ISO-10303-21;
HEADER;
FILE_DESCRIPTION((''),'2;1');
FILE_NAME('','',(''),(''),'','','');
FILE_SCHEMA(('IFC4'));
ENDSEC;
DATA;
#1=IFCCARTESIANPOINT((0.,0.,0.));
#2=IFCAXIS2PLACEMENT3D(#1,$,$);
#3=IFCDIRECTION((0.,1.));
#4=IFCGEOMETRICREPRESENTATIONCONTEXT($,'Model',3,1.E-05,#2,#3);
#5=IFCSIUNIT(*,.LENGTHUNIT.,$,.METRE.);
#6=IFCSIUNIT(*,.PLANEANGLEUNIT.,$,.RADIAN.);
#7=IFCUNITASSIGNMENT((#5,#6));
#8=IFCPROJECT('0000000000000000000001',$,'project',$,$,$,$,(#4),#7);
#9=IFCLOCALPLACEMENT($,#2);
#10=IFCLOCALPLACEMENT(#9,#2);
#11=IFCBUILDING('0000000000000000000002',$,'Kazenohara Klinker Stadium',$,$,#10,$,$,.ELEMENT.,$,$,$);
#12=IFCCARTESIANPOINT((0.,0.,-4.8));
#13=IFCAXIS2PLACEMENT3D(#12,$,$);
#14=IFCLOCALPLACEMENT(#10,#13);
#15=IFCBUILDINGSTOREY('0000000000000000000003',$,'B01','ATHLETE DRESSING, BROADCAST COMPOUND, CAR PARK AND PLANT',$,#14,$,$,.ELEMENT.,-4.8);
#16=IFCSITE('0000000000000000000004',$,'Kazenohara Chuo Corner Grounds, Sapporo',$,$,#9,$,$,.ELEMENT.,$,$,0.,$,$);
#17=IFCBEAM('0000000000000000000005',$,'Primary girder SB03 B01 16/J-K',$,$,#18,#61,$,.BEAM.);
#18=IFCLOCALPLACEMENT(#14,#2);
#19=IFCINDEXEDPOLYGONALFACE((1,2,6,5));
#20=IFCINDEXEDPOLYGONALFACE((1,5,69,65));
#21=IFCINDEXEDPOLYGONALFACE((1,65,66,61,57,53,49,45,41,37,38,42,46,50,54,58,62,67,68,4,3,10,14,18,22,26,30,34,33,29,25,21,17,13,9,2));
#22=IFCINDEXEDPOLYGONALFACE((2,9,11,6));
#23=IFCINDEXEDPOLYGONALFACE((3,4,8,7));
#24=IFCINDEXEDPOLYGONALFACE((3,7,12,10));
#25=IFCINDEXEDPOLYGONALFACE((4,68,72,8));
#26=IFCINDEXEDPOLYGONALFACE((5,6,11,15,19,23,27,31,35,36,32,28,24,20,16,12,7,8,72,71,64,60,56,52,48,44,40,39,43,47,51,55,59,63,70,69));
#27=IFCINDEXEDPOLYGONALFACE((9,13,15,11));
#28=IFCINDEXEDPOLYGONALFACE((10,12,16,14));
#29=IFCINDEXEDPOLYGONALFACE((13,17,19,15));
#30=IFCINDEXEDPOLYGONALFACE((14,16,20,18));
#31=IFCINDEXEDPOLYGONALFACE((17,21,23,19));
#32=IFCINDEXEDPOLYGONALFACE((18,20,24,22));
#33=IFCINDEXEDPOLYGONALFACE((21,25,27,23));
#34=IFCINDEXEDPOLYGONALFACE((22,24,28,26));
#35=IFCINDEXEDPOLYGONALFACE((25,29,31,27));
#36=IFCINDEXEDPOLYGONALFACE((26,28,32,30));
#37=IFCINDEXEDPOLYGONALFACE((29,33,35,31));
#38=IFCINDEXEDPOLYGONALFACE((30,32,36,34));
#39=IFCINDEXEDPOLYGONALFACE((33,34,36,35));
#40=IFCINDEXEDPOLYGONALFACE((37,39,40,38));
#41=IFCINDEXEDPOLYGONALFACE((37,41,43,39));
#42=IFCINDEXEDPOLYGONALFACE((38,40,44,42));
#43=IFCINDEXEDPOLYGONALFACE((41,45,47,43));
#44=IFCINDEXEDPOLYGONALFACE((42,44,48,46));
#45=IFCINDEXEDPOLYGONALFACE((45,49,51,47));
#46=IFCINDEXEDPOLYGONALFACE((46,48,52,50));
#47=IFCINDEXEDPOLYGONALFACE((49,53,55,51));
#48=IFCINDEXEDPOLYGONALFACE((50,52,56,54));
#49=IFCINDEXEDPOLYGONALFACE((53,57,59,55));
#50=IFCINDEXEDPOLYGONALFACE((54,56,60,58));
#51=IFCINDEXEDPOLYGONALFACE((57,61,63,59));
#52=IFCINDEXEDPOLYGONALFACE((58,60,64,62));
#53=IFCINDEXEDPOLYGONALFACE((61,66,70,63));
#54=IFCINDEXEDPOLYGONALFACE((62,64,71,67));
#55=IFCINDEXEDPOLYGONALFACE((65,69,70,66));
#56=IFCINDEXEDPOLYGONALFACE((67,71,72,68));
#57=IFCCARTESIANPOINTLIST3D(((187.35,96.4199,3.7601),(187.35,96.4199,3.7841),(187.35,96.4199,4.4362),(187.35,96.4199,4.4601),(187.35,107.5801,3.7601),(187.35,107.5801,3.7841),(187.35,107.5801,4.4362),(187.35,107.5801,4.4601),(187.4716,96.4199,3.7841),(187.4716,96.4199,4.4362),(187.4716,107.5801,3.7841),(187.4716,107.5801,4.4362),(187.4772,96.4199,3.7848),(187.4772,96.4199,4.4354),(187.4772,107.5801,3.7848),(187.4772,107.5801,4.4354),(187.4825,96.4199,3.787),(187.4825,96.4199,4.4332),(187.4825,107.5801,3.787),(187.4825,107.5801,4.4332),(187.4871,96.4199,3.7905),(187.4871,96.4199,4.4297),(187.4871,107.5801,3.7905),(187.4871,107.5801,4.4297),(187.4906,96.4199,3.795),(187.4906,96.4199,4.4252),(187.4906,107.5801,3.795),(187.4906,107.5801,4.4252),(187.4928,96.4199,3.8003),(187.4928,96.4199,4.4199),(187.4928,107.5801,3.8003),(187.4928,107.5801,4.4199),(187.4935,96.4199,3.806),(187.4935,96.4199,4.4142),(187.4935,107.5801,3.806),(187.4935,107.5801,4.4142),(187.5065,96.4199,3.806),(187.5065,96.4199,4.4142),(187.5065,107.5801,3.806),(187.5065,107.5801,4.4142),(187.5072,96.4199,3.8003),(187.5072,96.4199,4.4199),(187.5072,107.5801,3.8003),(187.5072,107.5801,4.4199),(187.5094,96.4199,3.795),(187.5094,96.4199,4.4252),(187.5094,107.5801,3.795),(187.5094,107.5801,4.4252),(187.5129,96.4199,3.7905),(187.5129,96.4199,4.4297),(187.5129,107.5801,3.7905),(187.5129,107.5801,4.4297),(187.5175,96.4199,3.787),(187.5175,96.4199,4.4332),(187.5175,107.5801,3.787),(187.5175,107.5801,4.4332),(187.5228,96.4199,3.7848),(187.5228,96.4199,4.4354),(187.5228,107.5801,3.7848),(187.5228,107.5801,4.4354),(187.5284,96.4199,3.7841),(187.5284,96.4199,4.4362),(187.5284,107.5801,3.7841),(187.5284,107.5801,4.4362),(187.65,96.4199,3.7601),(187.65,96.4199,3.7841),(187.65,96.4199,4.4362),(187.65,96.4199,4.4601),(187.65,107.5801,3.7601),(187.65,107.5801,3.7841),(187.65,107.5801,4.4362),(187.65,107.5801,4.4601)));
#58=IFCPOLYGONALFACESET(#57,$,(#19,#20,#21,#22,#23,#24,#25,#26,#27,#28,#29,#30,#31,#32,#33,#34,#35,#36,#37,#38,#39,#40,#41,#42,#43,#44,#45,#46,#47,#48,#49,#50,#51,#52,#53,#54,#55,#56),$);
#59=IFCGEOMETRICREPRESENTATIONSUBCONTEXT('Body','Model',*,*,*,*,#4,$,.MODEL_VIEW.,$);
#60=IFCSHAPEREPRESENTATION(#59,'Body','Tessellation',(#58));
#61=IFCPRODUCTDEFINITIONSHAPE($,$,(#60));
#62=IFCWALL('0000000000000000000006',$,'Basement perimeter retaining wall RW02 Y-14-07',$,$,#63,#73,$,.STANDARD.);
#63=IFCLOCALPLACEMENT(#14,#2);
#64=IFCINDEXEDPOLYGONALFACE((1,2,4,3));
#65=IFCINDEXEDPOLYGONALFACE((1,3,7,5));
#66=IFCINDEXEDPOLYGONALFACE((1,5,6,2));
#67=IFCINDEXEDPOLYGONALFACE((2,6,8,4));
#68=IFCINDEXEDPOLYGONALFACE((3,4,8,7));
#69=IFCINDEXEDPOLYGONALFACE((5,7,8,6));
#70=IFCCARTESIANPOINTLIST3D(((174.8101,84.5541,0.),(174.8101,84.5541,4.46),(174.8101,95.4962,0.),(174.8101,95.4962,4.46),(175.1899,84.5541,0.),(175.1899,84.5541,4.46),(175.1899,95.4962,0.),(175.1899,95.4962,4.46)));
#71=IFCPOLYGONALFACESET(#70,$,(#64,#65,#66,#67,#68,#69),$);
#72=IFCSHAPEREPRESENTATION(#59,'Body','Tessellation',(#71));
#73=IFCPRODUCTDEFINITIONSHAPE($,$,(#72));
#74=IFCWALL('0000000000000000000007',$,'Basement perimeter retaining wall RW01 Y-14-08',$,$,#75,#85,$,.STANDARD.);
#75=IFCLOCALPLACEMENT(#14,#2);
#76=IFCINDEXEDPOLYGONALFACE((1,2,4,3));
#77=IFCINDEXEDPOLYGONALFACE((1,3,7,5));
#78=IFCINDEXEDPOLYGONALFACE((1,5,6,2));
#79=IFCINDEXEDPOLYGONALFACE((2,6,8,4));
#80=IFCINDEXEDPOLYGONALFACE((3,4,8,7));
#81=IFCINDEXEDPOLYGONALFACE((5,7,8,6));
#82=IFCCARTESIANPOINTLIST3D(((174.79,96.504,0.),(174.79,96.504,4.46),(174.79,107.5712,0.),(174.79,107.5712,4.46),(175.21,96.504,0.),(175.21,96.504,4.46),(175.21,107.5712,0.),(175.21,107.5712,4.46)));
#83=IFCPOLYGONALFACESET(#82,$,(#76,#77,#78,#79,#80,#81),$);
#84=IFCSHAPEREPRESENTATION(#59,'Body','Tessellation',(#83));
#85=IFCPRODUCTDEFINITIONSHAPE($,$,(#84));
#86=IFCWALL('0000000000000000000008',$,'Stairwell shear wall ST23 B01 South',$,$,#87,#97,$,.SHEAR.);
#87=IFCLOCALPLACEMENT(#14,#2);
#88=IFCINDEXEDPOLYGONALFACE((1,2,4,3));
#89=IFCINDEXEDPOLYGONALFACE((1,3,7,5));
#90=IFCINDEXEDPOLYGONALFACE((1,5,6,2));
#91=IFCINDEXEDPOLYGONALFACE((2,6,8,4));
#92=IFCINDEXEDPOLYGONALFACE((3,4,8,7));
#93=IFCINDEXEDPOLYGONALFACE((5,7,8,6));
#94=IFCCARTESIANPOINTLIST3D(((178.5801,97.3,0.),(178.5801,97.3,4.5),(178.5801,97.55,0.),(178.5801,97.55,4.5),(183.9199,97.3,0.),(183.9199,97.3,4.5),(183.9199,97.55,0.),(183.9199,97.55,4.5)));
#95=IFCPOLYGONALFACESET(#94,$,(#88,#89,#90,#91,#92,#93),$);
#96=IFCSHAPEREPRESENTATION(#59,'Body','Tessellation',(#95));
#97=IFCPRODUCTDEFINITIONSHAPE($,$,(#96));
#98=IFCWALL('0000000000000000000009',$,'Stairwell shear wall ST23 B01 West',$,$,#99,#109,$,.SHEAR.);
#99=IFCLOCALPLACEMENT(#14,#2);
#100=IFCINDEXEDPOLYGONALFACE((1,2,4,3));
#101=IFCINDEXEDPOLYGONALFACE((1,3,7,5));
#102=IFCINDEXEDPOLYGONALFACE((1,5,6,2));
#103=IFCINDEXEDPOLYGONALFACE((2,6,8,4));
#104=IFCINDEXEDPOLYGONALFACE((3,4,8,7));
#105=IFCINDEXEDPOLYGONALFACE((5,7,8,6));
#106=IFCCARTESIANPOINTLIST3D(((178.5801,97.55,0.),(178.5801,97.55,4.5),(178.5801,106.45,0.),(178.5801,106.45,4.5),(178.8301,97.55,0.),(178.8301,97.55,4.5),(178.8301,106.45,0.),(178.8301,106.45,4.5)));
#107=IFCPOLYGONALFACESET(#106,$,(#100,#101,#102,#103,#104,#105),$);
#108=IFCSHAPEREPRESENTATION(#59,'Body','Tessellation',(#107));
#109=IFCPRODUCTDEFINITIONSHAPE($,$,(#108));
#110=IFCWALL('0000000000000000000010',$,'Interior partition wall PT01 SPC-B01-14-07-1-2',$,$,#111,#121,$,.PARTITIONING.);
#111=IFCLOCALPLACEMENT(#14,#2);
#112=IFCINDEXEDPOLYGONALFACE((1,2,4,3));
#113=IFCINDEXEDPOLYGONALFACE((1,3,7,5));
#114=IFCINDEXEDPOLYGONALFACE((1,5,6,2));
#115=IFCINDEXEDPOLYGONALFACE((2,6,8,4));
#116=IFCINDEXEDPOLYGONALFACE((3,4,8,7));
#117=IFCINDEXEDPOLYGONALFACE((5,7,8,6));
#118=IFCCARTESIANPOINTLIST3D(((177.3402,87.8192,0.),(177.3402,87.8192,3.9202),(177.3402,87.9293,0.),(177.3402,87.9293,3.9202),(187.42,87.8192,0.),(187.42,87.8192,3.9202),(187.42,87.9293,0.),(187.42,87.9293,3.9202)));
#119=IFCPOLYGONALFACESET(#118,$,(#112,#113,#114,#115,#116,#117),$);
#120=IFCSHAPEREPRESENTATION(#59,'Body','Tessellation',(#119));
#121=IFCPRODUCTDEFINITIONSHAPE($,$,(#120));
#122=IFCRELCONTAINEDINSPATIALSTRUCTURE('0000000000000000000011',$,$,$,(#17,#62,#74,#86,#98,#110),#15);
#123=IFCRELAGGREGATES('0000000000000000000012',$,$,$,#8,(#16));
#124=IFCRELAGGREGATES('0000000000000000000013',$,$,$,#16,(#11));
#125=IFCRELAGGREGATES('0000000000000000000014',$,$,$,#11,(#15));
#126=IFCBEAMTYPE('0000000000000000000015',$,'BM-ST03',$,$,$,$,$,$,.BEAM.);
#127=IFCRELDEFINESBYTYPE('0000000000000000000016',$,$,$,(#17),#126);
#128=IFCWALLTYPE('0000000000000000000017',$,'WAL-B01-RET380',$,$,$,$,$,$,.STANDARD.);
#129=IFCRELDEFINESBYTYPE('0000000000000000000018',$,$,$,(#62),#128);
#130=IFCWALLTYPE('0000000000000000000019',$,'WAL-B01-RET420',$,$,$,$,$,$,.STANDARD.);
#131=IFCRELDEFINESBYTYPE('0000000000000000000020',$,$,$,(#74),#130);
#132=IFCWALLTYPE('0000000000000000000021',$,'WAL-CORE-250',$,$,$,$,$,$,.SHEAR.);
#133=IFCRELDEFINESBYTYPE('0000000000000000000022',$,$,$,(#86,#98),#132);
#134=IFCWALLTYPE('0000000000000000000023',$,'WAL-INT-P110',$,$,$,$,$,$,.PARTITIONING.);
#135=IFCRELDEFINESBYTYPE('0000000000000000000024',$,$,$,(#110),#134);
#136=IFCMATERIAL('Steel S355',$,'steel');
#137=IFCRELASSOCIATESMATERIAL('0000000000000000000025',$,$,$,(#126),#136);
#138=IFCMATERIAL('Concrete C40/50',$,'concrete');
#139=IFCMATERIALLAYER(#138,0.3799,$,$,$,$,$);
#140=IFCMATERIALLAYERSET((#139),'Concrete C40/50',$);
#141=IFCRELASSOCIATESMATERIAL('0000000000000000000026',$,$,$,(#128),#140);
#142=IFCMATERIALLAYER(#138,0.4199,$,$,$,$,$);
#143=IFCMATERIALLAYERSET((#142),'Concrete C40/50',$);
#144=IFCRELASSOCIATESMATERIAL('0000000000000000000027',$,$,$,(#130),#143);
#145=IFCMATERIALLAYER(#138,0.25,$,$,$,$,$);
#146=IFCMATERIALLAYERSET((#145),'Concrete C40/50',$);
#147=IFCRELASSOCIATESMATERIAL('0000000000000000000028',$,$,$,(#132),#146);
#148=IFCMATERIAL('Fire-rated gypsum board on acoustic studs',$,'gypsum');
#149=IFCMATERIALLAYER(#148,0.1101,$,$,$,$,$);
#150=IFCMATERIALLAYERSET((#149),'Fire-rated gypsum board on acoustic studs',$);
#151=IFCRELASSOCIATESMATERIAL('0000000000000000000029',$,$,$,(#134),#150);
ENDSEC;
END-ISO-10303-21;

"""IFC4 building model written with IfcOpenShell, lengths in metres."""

from ifc_helpers import new_model, si_unit, direction, frame, frame_2d, origin, origin_2d, place, context, subcontext, project, spatial, rectangle, i_section, extrude, material, layer, layer_set, material_profile, profile_set, type_object, element, save


model = new_model("IFC4")

# Units and contexts
model_context = context("Model", 3, precision=1e-05, world=origin(), true_north=direction((0.0, 1.0)))
body_context = subcontext(model_context, "Body", "Model", "MODEL_VIEW")
ifc_project = project(units=[si_unit("LENGTHUNIT", "METRE"), si_unit("PLANEANGLEUNIT", "RADIAN")], contexts=[model_context])

# Site, building, storey
site_placement = place(None, origin())
site = spatial("IfcSite", under=ifc_project, at=site_placement, Name="Kazenohara Chuo Corner Grounds, Sapporo", CompositionType="ELEMENT", RefElevation=0.0)
building_placement = place(site_placement, origin())
building = spatial("IfcBuilding", under=site, at=building_placement, Name="Kazenohara Klinker Stadium", CompositionType="ELEMENT")
storey_placement = place(building_placement, frame((0.0, 0.0, -4.8)))
storey = spatial("IfcBuildingStorey", under=building, at=storey_placement, Name="B01", Description="ATHLETE DRESSING, BROADCAST COMPOUND, CAR PARK AND PLANT", CompositionType="ELEMENT", Elevation=-4.8)

# Shared definitions
ifc_material_1 = material(Name="Concrete C40/50", Category="concrete")

# Beam
ifc_material_2 = material(Name="Steel S355", Category="steel")
ifc_material_profile_1 = material_profile(ifc_material_2, i_section(OverallWidth=0.3, OverallDepth=0.7, WebThickness=0.0129, FlangeThickness=0.0239, FilletRadius=0.022, at=origin_2d()), Name="H-700x300x13x24")
ifc_profile_set_1 = profile_set([ifc_material_profile_1], Name="Steel S355")
beam_type_1 = type_object("IfcBeamType", Name="BM-ST03", PredefinedType="BEAM", material=ifc_profile_set_1)
beam_1_placement = place(storey_placement, frame((187.5, 96.4199, 4.1101), z_axis=(0.0, 1.0, 0.0), x_axis=(-1.0, 0.0, 0.0)))
element("IfcBeam", 1, at=beam_1_placement, inside=storey, type_object=beam_type_1, Name="Primary girder SB03 B01 16/J-K", PredefinedType="BEAM", context=body_context, shape_type="SweptSolid", body=[
    extrude(i_section(OverallWidth=0.3, OverallDepth=0.7, WebThickness=0.0129, FlangeThickness=0.0239, FilletRadius=0.022, at=origin_2d()), origin(), (0.0, 0.0, 1.0), 11.1602),
])

# Walls
ifc_layer_1 = layer(ifc_material_1, 0.3799)
ifc_layer_set_1 = layer_set([ifc_layer_1], Name="Concrete C40/50")
wall_type_1 = type_object("IfcWallType", Name="WAL-B01-RET380", PredefinedType="STANDARD", material=ifc_layer_set_1)
wall_1_placement = place(storey_placement, frame((175.0, 84.554, 0.0), z_axis=(0.0, 0.0, 1.0), x_axis=(0.0, 1.0, 0.0)))
element("IfcWall", 2, at=wall_1_placement, inside=storey, type_object=wall_type_1, Name="Basement perimeter retaining wall RW02 Y-14-07", PredefinedType="STANDARD", context=body_context, shape_type="SweptSolid", body=[
    extrude(rectangle(XDim=10.9421, YDim=0.3799, at=frame_2d((5.4712, 0.0))), origin(), (0.0, 0.0, 1.0), 4.46),
])
ifc_layer_2 = layer(ifc_material_1, 0.4199)
ifc_layer_set_2 = layer_set([ifc_layer_2], Name="Concrete C40/50")
wall_type_2 = type_object("IfcWallType", Name="WAL-B01-RET420", PredefinedType="STANDARD", material=ifc_layer_set_2)
wall_2_placement = place(storey_placement, frame((175.0, 96.5039, 0.0), z_axis=(0.0, 0.0, 1.0), x_axis=(0.0, 1.0, 0.0)))
element("IfcWall", 3, at=wall_2_placement, inside=storey, type_object=wall_type_2, Name="Basement perimeter retaining wall RW01 Y-14-08", PredefinedType="STANDARD", context=body_context, shape_type="SweptSolid", body=[
    extrude(rectangle(XDim=11.0671, YDim=0.4199, at=frame_2d((5.5337, 0.0))), origin(), (0.0, 0.0, 1.0), 4.46),
])
ifc_layer_3 = layer(ifc_material_1, 0.25)
ifc_layer_set_3 = layer_set([ifc_layer_3], Name="Concrete C40/50")
wall_type_3 = type_object("IfcWallType", Name="WAL-CORE-250", PredefinedType="SHEAR", material=ifc_layer_set_3)
wall_3_placement = place(storey_placement, frame((178.5801, 97.425, 0.0), z_axis=(0.0, 0.0, 1.0), x_axis=(1.0, 0.0, 0.0)))
element("IfcWall", 4, at=wall_3_placement, inside=storey, type_object=wall_type_3, Name="Stairwell shear wall ST23 B01 South", PredefinedType="SHEAR", context=body_context, shape_type="SweptSolid", body=[
    extrude(rectangle(XDim=5.3398, YDim=0.25, at=frame_2d((2.6699, 0.0))), origin(), (0.0, 0.0, 1.0), 4.5),
])
wall_4_placement = place(storey_placement, frame((178.7051, 97.55, 0.0), z_axis=(0.0, 0.0, 1.0), x_axis=(0.0, 1.0, 0.0)))
element("IfcWall", 5, at=wall_4_placement, inside=storey, type_object=wall_type_3, Name="Stairwell shear wall ST23 B01 West", PredefinedType="SHEAR", context=body_context, shape_type="SweptSolid", body=[
    extrude(rectangle(XDim=8.8999, YDim=0.25, at=frame_2d((4.45, 0.0))), origin(), (0.0, 0.0, 1.0), 4.5),
])
ifc_material_3 = material(Name="Fire-rated gypsum board on acoustic studs", Category="gypsum")
ifc_layer_4 = layer(ifc_material_3, 0.1101)
ifc_layer_set_4 = layer_set([ifc_layer_4], Name="Fire-rated gypsum board on acoustic studs")
wall_type_4 = type_object("IfcWallType", Name="WAL-INT-P110", PredefinedType="PARTITIONING", material=ifc_layer_set_4)
wall_5_placement = place(storey_placement, frame((177.3401, 87.8743, 0.0), z_axis=(0.0, 0.0, 1.0), x_axis=(1.0, 0.0, 0.0)))
element("IfcWall", 6, at=wall_5_placement, inside=storey, type_object=wall_type_4, Name="Interior partition wall PT01 SPC-B01-14-07-1-2", PredefinedType="PARTITIONING", context=body_context, shape_type="SweptSolid", body=[
    extrude(rectangle(XDim=10.0798, YDim=0.1101, at=frame_2d((5.04, 0.0))), origin(), (0.0, 0.0, 1.0), 3.9202),
])

save(model, "model.ifc")
